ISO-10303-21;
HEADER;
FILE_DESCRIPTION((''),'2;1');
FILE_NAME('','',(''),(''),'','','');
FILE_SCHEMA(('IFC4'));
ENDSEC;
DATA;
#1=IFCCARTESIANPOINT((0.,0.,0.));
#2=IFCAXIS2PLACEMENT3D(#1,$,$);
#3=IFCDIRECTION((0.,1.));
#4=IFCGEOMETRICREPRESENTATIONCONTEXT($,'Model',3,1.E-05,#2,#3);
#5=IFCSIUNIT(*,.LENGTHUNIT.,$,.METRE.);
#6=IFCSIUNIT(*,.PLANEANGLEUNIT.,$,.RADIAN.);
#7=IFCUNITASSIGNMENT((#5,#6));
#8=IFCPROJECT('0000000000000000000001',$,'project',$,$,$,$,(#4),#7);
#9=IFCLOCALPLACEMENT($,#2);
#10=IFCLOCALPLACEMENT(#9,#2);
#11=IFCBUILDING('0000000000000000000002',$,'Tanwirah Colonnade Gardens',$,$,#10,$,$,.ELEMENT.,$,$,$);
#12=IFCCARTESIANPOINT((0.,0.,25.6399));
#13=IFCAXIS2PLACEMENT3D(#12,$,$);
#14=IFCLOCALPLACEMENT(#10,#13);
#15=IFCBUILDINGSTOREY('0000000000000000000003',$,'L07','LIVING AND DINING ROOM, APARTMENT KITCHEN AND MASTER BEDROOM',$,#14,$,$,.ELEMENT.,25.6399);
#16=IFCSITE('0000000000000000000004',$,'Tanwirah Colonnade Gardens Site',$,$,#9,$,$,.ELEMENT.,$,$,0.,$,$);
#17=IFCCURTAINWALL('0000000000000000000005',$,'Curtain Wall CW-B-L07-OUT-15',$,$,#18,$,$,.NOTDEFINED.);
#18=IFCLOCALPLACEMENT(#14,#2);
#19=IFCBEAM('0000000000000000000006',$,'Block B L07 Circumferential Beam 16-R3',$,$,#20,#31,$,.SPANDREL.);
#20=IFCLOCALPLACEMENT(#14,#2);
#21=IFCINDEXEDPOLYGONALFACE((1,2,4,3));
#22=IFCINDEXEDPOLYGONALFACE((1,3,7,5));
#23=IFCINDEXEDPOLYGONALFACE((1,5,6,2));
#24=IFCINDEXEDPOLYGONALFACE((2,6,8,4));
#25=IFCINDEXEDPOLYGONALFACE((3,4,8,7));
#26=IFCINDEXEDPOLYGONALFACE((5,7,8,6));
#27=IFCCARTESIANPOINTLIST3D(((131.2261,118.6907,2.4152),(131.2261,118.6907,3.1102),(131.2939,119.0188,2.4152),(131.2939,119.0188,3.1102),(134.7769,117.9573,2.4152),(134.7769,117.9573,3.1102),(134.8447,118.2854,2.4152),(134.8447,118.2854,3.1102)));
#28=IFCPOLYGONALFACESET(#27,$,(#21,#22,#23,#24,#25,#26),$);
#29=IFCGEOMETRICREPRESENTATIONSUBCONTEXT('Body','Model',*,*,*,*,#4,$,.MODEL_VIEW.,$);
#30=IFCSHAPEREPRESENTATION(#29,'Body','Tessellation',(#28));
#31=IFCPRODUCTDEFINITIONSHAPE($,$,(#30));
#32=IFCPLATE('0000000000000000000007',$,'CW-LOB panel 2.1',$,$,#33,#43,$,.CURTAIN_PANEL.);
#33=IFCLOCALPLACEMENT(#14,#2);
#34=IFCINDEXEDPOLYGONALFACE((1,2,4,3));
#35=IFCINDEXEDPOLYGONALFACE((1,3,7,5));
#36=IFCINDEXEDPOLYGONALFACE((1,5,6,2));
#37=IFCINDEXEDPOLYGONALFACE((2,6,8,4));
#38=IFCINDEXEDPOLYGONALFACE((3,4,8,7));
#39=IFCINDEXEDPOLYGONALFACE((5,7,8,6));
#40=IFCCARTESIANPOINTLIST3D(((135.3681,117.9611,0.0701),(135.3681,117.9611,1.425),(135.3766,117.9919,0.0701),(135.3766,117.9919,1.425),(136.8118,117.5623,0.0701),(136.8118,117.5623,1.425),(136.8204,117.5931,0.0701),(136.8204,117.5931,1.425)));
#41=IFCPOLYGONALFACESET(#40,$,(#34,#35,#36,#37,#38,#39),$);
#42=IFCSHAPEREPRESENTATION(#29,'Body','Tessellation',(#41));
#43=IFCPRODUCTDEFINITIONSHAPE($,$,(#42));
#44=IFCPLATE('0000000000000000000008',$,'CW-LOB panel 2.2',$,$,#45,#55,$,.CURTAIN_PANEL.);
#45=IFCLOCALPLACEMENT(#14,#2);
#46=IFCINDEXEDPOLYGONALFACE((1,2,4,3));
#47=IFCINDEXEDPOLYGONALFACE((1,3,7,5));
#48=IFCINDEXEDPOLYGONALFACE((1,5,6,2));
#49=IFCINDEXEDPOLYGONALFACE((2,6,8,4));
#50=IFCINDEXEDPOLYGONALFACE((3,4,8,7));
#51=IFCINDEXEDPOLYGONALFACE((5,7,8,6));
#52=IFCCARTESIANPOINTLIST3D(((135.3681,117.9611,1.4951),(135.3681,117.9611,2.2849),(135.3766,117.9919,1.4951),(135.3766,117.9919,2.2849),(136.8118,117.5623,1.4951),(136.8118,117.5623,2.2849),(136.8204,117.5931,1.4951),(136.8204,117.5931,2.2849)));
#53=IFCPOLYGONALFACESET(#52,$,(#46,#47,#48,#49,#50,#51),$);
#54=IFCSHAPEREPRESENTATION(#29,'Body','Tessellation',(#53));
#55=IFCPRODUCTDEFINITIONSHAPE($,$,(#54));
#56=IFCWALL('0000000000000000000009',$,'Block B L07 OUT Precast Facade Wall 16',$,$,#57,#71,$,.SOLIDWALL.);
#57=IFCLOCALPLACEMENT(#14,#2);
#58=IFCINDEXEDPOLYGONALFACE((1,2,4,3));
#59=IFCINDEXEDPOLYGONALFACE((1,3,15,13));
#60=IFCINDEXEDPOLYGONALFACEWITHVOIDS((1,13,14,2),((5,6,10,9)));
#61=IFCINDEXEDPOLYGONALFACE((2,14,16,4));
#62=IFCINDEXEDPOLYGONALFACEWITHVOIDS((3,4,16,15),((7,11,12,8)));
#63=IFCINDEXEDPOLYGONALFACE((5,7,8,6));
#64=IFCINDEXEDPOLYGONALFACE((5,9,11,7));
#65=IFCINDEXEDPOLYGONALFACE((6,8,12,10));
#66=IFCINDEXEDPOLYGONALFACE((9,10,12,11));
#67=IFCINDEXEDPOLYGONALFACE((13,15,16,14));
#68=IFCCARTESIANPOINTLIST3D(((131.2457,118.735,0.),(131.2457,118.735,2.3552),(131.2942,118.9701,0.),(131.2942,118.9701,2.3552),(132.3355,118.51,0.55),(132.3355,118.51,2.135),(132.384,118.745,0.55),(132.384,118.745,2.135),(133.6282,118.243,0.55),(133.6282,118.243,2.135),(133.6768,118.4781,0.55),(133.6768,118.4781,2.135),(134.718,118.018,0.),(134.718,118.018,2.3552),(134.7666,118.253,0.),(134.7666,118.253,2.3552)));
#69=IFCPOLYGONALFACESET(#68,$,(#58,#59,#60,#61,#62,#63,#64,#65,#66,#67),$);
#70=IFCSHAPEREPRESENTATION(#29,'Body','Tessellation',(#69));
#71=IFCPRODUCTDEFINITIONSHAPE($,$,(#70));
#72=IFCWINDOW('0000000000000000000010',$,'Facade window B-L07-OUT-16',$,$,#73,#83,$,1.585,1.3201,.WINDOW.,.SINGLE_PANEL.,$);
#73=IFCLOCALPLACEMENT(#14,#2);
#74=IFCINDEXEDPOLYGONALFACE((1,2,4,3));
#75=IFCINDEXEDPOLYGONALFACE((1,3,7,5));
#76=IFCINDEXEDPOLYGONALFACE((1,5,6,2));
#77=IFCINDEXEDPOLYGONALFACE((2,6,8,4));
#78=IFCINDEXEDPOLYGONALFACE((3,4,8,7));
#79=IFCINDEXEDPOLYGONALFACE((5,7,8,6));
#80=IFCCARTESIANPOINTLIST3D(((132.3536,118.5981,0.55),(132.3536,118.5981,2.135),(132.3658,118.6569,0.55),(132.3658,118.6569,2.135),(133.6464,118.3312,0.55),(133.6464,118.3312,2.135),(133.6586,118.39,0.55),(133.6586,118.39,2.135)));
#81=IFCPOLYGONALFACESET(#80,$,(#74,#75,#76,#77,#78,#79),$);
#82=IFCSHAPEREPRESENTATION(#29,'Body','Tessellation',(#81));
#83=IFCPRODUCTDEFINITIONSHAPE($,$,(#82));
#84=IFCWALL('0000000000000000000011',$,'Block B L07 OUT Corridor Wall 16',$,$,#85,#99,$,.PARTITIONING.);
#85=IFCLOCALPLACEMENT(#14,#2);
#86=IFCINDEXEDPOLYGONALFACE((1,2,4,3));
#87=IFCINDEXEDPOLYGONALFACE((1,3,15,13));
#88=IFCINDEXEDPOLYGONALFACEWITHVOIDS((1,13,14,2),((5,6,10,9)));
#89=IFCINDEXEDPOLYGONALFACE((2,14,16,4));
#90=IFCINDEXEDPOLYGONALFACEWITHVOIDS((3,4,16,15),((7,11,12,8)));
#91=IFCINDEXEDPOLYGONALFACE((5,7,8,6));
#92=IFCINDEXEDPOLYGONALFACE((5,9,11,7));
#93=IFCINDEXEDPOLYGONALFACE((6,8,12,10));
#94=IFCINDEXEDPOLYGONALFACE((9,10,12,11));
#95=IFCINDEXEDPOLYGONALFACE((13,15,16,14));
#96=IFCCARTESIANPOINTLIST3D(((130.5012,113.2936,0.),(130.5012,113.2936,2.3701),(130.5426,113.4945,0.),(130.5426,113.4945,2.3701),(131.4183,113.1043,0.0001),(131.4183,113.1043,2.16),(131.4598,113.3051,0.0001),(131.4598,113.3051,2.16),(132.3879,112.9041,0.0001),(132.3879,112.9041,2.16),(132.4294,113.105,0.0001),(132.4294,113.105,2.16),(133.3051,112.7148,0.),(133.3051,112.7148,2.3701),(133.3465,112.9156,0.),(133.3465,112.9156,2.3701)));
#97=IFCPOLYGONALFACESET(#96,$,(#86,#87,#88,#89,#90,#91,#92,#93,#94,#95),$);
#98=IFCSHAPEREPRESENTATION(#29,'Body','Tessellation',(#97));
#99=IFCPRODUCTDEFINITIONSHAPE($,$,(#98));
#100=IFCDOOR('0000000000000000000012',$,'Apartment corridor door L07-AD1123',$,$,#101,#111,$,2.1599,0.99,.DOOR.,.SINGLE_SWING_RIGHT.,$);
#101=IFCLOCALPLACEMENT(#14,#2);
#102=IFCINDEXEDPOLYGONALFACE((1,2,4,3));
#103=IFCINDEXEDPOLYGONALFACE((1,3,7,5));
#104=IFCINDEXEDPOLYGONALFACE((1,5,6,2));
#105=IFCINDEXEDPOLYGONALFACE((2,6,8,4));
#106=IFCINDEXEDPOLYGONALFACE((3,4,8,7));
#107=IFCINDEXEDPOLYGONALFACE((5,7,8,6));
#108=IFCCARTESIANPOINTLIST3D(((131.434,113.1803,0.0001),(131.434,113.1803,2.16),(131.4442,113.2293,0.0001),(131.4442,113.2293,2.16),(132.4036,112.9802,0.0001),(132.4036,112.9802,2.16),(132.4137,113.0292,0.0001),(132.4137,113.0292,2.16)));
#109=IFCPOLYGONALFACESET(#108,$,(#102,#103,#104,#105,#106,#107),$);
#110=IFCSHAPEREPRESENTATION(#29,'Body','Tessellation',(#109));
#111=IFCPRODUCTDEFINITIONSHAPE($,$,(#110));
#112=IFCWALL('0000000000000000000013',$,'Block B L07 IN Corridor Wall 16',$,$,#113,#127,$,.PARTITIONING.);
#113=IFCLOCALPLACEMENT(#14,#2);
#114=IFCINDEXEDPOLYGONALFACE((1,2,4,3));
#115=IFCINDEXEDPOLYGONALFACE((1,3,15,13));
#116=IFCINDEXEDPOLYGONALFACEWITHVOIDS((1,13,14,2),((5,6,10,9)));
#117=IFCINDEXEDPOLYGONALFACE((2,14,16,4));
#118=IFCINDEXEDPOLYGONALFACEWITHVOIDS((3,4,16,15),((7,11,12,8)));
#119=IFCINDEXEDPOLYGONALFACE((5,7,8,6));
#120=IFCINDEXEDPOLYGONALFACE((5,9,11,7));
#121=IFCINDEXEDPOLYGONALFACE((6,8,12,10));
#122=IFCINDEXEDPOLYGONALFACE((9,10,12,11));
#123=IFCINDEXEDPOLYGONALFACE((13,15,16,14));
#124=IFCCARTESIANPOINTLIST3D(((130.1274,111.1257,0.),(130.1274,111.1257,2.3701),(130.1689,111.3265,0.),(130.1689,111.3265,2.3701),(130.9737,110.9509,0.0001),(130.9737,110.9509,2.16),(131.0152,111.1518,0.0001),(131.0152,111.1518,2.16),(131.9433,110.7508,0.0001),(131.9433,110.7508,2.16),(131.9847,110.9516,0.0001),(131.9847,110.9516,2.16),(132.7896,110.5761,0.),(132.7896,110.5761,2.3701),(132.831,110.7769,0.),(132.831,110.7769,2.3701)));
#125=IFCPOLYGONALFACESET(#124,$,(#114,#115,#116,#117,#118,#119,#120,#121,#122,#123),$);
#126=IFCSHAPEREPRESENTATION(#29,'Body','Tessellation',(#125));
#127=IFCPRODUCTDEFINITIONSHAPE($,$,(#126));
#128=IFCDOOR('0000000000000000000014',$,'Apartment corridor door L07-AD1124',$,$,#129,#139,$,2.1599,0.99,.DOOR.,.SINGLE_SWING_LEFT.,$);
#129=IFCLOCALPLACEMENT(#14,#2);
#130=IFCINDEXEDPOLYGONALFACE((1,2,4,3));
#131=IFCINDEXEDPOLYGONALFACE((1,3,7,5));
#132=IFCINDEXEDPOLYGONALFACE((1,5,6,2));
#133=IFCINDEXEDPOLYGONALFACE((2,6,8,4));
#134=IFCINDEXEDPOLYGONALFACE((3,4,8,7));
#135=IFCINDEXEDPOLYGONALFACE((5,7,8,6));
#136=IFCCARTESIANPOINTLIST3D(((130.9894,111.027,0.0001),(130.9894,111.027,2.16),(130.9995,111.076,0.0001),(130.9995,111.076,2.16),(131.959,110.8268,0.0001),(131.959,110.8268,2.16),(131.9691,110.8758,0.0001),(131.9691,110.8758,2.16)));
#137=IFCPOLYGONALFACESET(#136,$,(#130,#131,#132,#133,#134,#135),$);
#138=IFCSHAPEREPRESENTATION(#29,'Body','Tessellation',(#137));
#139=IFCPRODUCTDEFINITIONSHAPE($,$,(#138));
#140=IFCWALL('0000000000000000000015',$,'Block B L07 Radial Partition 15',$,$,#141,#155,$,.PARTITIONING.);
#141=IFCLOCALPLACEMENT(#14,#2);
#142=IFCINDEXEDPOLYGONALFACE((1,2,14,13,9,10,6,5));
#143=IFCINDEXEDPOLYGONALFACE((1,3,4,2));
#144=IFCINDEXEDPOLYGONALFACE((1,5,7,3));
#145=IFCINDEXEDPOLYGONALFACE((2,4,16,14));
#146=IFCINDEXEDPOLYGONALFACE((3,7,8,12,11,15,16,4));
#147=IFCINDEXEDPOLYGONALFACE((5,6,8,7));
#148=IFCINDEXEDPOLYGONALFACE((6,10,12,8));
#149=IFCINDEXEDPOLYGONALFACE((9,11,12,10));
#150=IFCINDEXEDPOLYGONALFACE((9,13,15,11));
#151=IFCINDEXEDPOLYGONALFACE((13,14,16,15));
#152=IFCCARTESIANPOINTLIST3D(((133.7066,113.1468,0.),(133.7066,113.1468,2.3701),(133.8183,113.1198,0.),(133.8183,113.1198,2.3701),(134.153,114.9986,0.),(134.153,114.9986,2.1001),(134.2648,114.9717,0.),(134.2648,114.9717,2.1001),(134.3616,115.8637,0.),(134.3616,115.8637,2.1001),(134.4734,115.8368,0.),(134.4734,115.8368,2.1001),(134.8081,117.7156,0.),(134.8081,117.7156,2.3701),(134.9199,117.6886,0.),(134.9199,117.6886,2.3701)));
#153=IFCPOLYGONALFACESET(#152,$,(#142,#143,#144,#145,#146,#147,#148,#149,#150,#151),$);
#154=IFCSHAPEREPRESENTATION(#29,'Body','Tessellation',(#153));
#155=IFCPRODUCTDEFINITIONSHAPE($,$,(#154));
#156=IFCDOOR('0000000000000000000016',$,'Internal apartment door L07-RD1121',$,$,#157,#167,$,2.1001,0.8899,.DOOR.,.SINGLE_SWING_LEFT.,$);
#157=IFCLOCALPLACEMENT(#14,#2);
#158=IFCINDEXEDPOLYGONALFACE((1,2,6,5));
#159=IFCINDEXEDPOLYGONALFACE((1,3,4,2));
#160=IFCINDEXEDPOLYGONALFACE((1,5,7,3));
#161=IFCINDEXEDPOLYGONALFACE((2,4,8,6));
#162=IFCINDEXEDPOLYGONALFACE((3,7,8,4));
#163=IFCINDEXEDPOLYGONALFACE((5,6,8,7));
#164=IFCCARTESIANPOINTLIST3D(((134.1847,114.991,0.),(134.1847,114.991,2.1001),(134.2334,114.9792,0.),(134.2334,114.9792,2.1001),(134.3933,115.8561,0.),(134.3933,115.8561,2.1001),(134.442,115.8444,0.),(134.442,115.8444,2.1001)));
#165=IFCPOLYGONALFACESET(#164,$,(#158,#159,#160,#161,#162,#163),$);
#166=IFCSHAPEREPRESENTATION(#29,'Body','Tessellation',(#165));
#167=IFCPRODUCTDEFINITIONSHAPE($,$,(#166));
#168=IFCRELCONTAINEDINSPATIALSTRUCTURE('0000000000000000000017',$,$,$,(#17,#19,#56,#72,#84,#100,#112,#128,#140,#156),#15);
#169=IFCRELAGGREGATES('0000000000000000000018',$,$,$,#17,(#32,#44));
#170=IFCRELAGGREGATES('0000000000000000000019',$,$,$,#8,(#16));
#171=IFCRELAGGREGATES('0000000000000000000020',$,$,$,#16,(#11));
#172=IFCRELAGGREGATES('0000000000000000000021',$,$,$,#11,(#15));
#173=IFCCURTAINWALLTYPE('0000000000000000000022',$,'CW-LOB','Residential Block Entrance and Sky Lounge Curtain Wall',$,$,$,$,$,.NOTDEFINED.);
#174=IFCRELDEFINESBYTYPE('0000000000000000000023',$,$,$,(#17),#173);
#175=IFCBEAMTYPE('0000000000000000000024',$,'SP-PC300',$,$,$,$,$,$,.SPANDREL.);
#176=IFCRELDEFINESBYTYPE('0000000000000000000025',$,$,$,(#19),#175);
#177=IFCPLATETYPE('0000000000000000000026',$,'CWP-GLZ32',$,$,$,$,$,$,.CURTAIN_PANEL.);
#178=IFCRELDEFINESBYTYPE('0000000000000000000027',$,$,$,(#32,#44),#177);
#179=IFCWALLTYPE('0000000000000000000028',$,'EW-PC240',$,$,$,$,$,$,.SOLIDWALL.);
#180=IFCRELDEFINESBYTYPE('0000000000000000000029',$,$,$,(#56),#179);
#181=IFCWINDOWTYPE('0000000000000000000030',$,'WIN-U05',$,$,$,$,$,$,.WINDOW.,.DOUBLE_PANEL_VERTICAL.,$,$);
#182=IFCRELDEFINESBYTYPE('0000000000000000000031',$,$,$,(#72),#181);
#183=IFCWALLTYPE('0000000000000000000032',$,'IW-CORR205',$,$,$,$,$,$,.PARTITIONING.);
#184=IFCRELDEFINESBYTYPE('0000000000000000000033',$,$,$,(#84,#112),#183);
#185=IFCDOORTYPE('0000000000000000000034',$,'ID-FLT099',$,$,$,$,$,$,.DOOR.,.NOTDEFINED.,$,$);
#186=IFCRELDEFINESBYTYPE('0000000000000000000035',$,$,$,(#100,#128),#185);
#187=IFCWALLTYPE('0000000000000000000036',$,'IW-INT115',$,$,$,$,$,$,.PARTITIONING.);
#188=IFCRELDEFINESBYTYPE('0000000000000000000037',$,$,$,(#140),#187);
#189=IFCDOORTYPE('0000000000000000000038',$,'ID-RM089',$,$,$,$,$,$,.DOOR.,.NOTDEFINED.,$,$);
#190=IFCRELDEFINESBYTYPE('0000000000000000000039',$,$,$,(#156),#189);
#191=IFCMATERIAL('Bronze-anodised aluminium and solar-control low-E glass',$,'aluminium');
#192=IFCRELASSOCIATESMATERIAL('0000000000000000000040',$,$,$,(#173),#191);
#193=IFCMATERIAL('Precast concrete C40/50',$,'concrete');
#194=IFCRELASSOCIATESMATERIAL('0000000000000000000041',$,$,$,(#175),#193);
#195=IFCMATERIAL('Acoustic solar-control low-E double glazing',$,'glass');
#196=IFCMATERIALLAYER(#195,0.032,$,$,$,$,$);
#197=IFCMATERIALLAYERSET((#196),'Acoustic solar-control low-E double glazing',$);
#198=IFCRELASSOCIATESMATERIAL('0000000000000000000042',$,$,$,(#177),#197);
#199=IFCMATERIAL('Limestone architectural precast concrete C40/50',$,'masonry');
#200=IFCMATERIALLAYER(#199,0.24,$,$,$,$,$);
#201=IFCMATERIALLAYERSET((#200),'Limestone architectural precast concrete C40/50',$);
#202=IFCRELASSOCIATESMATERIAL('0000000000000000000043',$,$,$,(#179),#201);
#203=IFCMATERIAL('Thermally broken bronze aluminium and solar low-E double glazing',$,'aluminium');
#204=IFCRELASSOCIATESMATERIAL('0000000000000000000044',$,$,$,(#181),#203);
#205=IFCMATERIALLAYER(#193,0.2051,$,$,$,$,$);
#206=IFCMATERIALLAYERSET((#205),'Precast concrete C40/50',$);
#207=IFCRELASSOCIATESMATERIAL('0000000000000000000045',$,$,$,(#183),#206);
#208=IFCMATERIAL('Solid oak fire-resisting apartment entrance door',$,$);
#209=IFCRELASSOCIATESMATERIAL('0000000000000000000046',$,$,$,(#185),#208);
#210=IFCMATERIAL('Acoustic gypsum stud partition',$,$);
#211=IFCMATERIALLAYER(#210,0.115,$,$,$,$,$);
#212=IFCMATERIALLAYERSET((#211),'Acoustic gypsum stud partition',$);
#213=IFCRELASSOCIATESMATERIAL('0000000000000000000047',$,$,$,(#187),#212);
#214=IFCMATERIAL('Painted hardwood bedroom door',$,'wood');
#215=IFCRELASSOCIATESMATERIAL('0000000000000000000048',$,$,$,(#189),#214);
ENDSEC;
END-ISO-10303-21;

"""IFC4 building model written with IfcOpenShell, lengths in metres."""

from ifc_helpers import new_model, si_unit, direction, frame, frame_2d, origin, origin_2d, place, context, subcontext, project, spatial, rectangle, extrude, material, layer, layer_set, material_profile, profile_set, type_object, element, fill, aggregate, save


model = new_model("IFC4")

# Units and contexts
model_context = context("Model", 3, precision=1e-05, world=origin(), true_north=direction((0.0, 1.0)))
body_context = subcontext(model_context, "Body", "Model", "MODEL_VIEW")
ifc_project = project(units=[si_unit("LENGTHUNIT", "METRE"), si_unit("PLANEANGLEUNIT", "RADIAN")], contexts=[model_context])

# Site, building, storey
site_placement = place(None, origin())
site = spatial("IfcSite", under=ifc_project, at=site_placement, Name="Tanwirah Colonnade Gardens Site", CompositionType="ELEMENT", RefElevation=0.0)
building_placement = place(site_placement, origin())
building = spatial("IfcBuilding", under=site, at=building_placement, Name="Tanwirah Colonnade Gardens", CompositionType="ELEMENT")
storey_placement = place(building_placement, frame((0.0, 0.0, 25.6399)))
storey = spatial("IfcBuildingStorey", under=building, at=storey_placement, Name="L07", Description="LIVING AND DINING ROOM, APARTMENT KITCHEN AND MASTER BEDROOM", CompositionType="ELEMENT", Elevation=25.6399)

# Shared definitions
ifc_material_1 = material(Name="Precast concrete C40/50", Category="concrete")

# Curtain wall
ifc_material_2 = material(Name="Bronze-anodised aluminium and solar-control low-E glass", Category="aluminium")
curtain_wall_type = type_object("IfcCurtainWallType", Name="CW-LOB", Description="Residential Block Entrance and Sky Lounge Curtain Wall", PredefinedType="NOTDEFINED", material=ifc_material_2)
curtain_wall_placement = place(storey_placement, origin())
curtain_wall = element("IfcCurtainWall", 1, at=curtain_wall_placement, inside=storey, type_object=curtain_wall_type, Name="Curtain Wall CW-B-L07-OUT-15", PredefinedType="NOTDEFINED")

# Beam
ifc_material_profile_1 = material_profile(ifc_material_1, rectangle(XDim=0.335, YDim=0.6951, at=origin_2d()), Name="PC-SP 335x695")
ifc_profile_set_1 = profile_set([ifc_material_profile_1], Name="Precast concrete C40/50")
beam_type_1 = type_object("IfcBeamType", Name="SP-PC300", PredefinedType="SPANDREL", material=ifc_profile_set_1)
beam_1_placement = place(storey_placement, frame((134.8108, 118.1213, 2.7627), z_axis=(-0.979329, 0.202276, 0.0), x_axis=(-0.202276, -0.979329, 0.0)))
element("IfcBeam", 2, at=beam_1_placement, inside=storey, type_object=beam_type_1, Name="Block B L07 Circumferential Beam 16-R3", PredefinedType="SPANDREL", context=body_context, shape_type="SweptSolid", body=[
    extrude(rectangle(XDim=0.335, YDim=0.6951, at=origin_2d()), origin(), (0.0, 0.0, 1.0), 3.6257),
])

# Plates
ifc_material_3 = material(Name="Acoustic solar-control low-E double glazing", Category="glass")
ifc_layer_1 = layer(ifc_material_3, 0.032)
ifc_layer_set_1 = layer_set([ifc_layer_1], Name="Acoustic solar-control low-E double glazing")
plate_type = type_object("IfcPlateType", Name="CWP-GLZ32", PredefinedType="CURTAIN_PANEL", material=ifc_layer_set_1)
plate_1_placement = place(storey_placement, frame((136.0942, 117.7771, 0.0701), z_axis=(0.0, 0.0, 1.0), x_axis=(-0.963889, 0.266305, 0.0)))
plate_1 = element("IfcPlate", 3, at=plate_1_placement, type_object=plate_type, Name="CW-LOB panel 2.1", PredefinedType="CURTAIN_PANEL", context=body_context, shape_type="SweptSolid", body=[
    extrude(rectangle(XDim=1.4978, YDim=0.032, at=origin_2d()), origin(), (0.0, 0.0, 1.0), 1.355),
])
plate_2_placement = place(storey_placement, frame((136.0942, 117.7771, 1.4951), z_axis=(0.0, 0.0, 1.0), x_axis=(-0.963889, 0.266305, 0.0)))
plate_2 = element("IfcPlate", 4, at=plate_2_placement, type_object=plate_type, Name="CW-LOB panel 2.2", PredefinedType="CURTAIN_PANEL", context=body_context, shape_type="SweptSolid", body=[
    extrude(rectangle(XDim=1.4978, YDim=0.032, at=origin_2d()), origin(), (0.0, 0.0, 1.0), 0.7898),
])
aggregate(curtain_wall, [plate_1, plate_2])

# Wall, opening, window
ifc_material_4 = material(Name="Limestone architectural precast concrete C40/50", Category="masonry")
ifc_layer_2 = layer(ifc_material_4, 0.24)
ifc_layer_set_2 = layer_set([ifc_layer_2], Name="Limestone architectural precast concrete C40/50")
wall_type_1 = type_object("IfcWallType", Name="EW-PC240", PredefinedType="SOLIDWALL", material=ifc_layer_set_2)
wall_1_placement = place(storey_placement, frame((134.7424, 118.1355, 0.0), z_axis=(0.0, 0.0, 1.0), x_axis=(-0.979338, 0.20223, 0.0)))
wall_1 = element("IfcWall", 5, at=wall_1_placement, inside=storey, type_object=wall_type_1, Name="Block B L07 OUT Precast Facade Wall 16", PredefinedType="SOLIDWALL", context=body_context, shape_type="SweptSolid", body=[
    extrude(rectangle(XDim=3.5457, YDim=0.24, at=frame_2d((1.7729, 0.0))), origin(), (0.0, 0.0, 1.0), 2.3552),
])
opening_1_placement = place(wall_1_placement, frame((1.1128, 0.0, 0.55)))
opening_1 = element("IfcOpeningElement", 6, at=opening_1_placement, cuts=wall_1, PredefinedType="OPENING", context=body_context, shape_type="SweptSolid", body=[
    extrude(rectangle(XDim=1.3201, YDim=1.585, at=frame_2d((0.6602, 0.7925))), frame((0.0, 0.1299, 0.0), z_axis=(0.0, -1.0, 0.0), x_axis=(1.0, 0.0, 0.0)), (0.0, 0.0, 1.0), 0.26),
])
ifc_material_5 = material(Name="Thermally broken bronze aluminium and solar low-E double glazing", Category="aluminium")
window_type = type_object("IfcWindowType", Name="WIN-U05", PartitioningType="DOUBLE_PANEL_VERTICAL", PredefinedType="WINDOW", material=ifc_material_5)
window_placement = place(opening_1_placement, origin())
window = element("IfcWindow", 7, at=window_placement, inside=storey, type_object=window_type, Name="Facade window B-L07-OUT-16", OverallHeight=1.585, OverallWidth=1.3201, PartitioningType="SINGLE_PANEL", PredefinedType="WINDOW", context=body_context, shape_type="SweptSolid", body=[
    extrude(rectangle(XDim=1.3201, YDim=1.585, at=frame_2d((0.6602, 0.7925))), frame((0.0, 0.03, 0.0), z_axis=(0.0, -1.0, 0.0), x_axis=(1.0, 0.0, 0.0)), (0.0, 0.0, 1.0), 0.0601),
])
fill(opening_1, window)

# Walls, openings, doors
ifc_layer_3 = layer(ifc_material_1, 0.2051)
ifc_layer_set_3 = layer_set([ifc_layer_3], Name="Precast concrete C40/50")
wall_type_2 = type_object("IfcWallType", Name="IW-CORR205", PredefinedType="PARTITIONING", material=ifc_layer_set_3)
ifc_material_6 = material(Name="Solid oak fire-resisting apartment entrance door")
wall_2_placement = place(storey_placement, frame((133.3259, 112.8152, 0.0), z_axis=(0.0, 0.0, 1.0), x_axis=(-0.979348, 0.20218, 0.0)))
wall_2 = element("IfcWall", 8, at=wall_2_placement, inside=storey, type_object=wall_type_2, Name="Block B L07 OUT Corridor Wall 16", PredefinedType="PARTITIONING", context=body_context, shape_type="SweptSolid", body=[
    extrude(rectangle(XDim=2.863, YDim=0.2051, at=frame_2d((1.4316, 0.0))), origin(), (0.0, 0.0, 1.0), 2.3701),
])
opening_2_placement = place(wall_2_placement, frame((0.9365, 0.0, 0.0)))
opening_2 = element("IfcOpeningElement", 9, at=opening_2_placement, cuts=wall_2, PredefinedType="OPENING", context=body_context, shape_type="SweptSolid", body=[
    extrude(rectangle(XDim=0.99, YDim=2.1599, at=frame_2d((0.4951, 1.0801))), frame((0.0, 0.1125, 0.0), z_axis=(0.0, -1.0, 0.0), x_axis=(1.0, 0.0, 0.0)), (0.0, 0.0, 1.0), 0.2251),
])
door_type_1 = type_object("IfcDoorType", Name="ID-FLT099", OperationType="NOTDEFINED", PredefinedType="DOOR", material=ifc_material_6)
door_1_placement = place(opening_2_placement, origin())
door_1 = element("IfcDoor", 10, at=door_1_placement, inside=storey, type_object=door_type_1, Name="Apartment corridor door L07-AD1123", OperationType="SINGLE_SWING_RIGHT", OverallHeight=2.1599, OverallWidth=0.99, PredefinedType="DOOR", context=body_context, shape_type="SweptSolid", body=[
    extrude(rectangle(XDim=0.99, YDim=2.1599, at=frame_2d((0.4951, 1.0801))), frame((0.0, 0.0249, 0.0), z_axis=(0.0, -1.0, 0.0), x_axis=(1.0, 0.0, 0.0)), (0.0, 0.0, 1.0), 0.05),
])
fill(opening_2, door_1)
wall_3_placement = place(storey_placement, frame((132.8103, 110.6765, 0.0), z_axis=(0.0, 0.0, 1.0), x_axis=(-0.979349, 0.202175, 0.0)))
wall_3 = element("IfcWall", 11, at=wall_3_placement, inside=storey, type_object=wall_type_2, Name="Block B L07 IN Corridor Wall 16", PredefinedType="PARTITIONING", context=body_context, shape_type="SweptSolid", body=[
    extrude(rectangle(XDim=2.7183, YDim=0.2051, at=frame_2d((1.3591, 0.0))), origin(), (0.0, 0.0, 1.0), 2.3701),
])
opening_3_placement = place(wall_3_placement, frame((0.864, 0.0, 0.0)))
opening_3 = element("IfcOpeningElement", 12, at=opening_3_placement, cuts=wall_3, PredefinedType="OPENING", context=body_context, shape_type="SweptSolid", body=[
    extrude(rectangle(XDim=0.99, YDim=2.1599, at=frame_2d((0.4951, 1.0801))), frame((0.0, 0.1125, 0.0), z_axis=(0.0, -1.0, 0.0), x_axis=(1.0, 0.0, 0.0)), (0.0, 0.0, 1.0), 0.2251),
])
door_2_placement = place(opening_3_placement, origin())
door_2 = element("IfcDoor", 13, at=door_2_placement, inside=storey, type_object=door_type_1, Name="Apartment corridor door L07-AD1124", OperationType="SINGLE_SWING_LEFT", OverallHeight=2.1599, OverallWidth=0.99, PredefinedType="DOOR", context=body_context, shape_type="SweptSolid", body=[
    extrude(rectangle(XDim=0.99, YDim=2.1599, at=frame_2d((0.4951, 1.0801))), frame((0.0, 0.0249, 0.0), z_axis=(0.0, -1.0, 0.0), x_axis=(1.0, 0.0, 0.0)), (0.0, 0.0, 1.0), 0.05),
])
fill(opening_3, door_2)
ifc_material_7 = material(Name="Acoustic gypsum stud partition")
ifc_layer_4 = layer(ifc_material_7, 0.115)
ifc_layer_set_4 = layer_set([ifc_layer_4], Name="Acoustic gypsum stud partition")
wall_type_3 = type_object("IfcWallType", Name="IW-INT115", PredefinedType="PARTITIONING", material=ifc_layer_set_4)
wall_4_placement = place(storey_placement, frame((133.7625, 113.1333, 0.0), z_axis=(0.0, 0.0, 1.0), x_axis=(0.234387, 0.972143, 0.0)))
wall_4 = element("IfcWall", 14, at=wall_4_placement, inside=storey, type_object=wall_type_3, Name="Block B L07 Radial Partition 15", PredefinedType="PARTITIONING", context=body_context, shape_type="SweptSolid", body=[
    extrude(rectangle(XDim=4.6997, YDim=0.115, at=frame_2d((2.3499, 0.0))), origin(), (0.0, 0.0, 1.0), 2.3701),
])
opening_4_placement = place(wall_4_placement, frame((1.905, 0.0, 0.0)))
opening_4 = element("IfcOpeningElement", 15, at=opening_4_placement, cuts=wall_4, PredefinedType="OPENING", context=body_context, shape_type="SweptSolid", body=[
    extrude(rectangle(XDim=0.8899, YDim=2.1001, at=frame_2d((0.4448, 1.05))), frame((0.0, 0.0674, 0.0), z_axis=(0.0, -1.0, 0.0), x_axis=(1.0, 0.0, 0.0)), (0.0, 0.0, 1.0), 0.135),
])
ifc_material_8 = material(Name="Painted hardwood bedroom door", Category="wood")
door_type_2 = type_object("IfcDoorType", Name="ID-RM089", OperationType="NOTDEFINED", PredefinedType="DOOR", material=ifc_material_8)
door_3_placement = place(opening_4_placement, origin())
door_3 = element("IfcDoor", 16, at=door_3_placement, inside=storey, type_object=door_type_2, Name="Internal apartment door L07-RD1121", OperationType="SINGLE_SWING_LEFT", OverallHeight=2.1001, OverallWidth=0.8899, PredefinedType="DOOR", context=body_context, shape_type="SweptSolid", body=[
    extrude(rectangle(XDim=0.8899, YDim=2.1001, at=frame_2d((0.4448, 1.05))), frame((0.0, 0.0249, 0.0), z_axis=(0.0, -1.0, 0.0), x_axis=(1.0, 0.0, 0.0)), (0.0, 0.0, 1.0), 0.05),
])
fill(opening_4, door_3)

save(model, "model.ifc")
